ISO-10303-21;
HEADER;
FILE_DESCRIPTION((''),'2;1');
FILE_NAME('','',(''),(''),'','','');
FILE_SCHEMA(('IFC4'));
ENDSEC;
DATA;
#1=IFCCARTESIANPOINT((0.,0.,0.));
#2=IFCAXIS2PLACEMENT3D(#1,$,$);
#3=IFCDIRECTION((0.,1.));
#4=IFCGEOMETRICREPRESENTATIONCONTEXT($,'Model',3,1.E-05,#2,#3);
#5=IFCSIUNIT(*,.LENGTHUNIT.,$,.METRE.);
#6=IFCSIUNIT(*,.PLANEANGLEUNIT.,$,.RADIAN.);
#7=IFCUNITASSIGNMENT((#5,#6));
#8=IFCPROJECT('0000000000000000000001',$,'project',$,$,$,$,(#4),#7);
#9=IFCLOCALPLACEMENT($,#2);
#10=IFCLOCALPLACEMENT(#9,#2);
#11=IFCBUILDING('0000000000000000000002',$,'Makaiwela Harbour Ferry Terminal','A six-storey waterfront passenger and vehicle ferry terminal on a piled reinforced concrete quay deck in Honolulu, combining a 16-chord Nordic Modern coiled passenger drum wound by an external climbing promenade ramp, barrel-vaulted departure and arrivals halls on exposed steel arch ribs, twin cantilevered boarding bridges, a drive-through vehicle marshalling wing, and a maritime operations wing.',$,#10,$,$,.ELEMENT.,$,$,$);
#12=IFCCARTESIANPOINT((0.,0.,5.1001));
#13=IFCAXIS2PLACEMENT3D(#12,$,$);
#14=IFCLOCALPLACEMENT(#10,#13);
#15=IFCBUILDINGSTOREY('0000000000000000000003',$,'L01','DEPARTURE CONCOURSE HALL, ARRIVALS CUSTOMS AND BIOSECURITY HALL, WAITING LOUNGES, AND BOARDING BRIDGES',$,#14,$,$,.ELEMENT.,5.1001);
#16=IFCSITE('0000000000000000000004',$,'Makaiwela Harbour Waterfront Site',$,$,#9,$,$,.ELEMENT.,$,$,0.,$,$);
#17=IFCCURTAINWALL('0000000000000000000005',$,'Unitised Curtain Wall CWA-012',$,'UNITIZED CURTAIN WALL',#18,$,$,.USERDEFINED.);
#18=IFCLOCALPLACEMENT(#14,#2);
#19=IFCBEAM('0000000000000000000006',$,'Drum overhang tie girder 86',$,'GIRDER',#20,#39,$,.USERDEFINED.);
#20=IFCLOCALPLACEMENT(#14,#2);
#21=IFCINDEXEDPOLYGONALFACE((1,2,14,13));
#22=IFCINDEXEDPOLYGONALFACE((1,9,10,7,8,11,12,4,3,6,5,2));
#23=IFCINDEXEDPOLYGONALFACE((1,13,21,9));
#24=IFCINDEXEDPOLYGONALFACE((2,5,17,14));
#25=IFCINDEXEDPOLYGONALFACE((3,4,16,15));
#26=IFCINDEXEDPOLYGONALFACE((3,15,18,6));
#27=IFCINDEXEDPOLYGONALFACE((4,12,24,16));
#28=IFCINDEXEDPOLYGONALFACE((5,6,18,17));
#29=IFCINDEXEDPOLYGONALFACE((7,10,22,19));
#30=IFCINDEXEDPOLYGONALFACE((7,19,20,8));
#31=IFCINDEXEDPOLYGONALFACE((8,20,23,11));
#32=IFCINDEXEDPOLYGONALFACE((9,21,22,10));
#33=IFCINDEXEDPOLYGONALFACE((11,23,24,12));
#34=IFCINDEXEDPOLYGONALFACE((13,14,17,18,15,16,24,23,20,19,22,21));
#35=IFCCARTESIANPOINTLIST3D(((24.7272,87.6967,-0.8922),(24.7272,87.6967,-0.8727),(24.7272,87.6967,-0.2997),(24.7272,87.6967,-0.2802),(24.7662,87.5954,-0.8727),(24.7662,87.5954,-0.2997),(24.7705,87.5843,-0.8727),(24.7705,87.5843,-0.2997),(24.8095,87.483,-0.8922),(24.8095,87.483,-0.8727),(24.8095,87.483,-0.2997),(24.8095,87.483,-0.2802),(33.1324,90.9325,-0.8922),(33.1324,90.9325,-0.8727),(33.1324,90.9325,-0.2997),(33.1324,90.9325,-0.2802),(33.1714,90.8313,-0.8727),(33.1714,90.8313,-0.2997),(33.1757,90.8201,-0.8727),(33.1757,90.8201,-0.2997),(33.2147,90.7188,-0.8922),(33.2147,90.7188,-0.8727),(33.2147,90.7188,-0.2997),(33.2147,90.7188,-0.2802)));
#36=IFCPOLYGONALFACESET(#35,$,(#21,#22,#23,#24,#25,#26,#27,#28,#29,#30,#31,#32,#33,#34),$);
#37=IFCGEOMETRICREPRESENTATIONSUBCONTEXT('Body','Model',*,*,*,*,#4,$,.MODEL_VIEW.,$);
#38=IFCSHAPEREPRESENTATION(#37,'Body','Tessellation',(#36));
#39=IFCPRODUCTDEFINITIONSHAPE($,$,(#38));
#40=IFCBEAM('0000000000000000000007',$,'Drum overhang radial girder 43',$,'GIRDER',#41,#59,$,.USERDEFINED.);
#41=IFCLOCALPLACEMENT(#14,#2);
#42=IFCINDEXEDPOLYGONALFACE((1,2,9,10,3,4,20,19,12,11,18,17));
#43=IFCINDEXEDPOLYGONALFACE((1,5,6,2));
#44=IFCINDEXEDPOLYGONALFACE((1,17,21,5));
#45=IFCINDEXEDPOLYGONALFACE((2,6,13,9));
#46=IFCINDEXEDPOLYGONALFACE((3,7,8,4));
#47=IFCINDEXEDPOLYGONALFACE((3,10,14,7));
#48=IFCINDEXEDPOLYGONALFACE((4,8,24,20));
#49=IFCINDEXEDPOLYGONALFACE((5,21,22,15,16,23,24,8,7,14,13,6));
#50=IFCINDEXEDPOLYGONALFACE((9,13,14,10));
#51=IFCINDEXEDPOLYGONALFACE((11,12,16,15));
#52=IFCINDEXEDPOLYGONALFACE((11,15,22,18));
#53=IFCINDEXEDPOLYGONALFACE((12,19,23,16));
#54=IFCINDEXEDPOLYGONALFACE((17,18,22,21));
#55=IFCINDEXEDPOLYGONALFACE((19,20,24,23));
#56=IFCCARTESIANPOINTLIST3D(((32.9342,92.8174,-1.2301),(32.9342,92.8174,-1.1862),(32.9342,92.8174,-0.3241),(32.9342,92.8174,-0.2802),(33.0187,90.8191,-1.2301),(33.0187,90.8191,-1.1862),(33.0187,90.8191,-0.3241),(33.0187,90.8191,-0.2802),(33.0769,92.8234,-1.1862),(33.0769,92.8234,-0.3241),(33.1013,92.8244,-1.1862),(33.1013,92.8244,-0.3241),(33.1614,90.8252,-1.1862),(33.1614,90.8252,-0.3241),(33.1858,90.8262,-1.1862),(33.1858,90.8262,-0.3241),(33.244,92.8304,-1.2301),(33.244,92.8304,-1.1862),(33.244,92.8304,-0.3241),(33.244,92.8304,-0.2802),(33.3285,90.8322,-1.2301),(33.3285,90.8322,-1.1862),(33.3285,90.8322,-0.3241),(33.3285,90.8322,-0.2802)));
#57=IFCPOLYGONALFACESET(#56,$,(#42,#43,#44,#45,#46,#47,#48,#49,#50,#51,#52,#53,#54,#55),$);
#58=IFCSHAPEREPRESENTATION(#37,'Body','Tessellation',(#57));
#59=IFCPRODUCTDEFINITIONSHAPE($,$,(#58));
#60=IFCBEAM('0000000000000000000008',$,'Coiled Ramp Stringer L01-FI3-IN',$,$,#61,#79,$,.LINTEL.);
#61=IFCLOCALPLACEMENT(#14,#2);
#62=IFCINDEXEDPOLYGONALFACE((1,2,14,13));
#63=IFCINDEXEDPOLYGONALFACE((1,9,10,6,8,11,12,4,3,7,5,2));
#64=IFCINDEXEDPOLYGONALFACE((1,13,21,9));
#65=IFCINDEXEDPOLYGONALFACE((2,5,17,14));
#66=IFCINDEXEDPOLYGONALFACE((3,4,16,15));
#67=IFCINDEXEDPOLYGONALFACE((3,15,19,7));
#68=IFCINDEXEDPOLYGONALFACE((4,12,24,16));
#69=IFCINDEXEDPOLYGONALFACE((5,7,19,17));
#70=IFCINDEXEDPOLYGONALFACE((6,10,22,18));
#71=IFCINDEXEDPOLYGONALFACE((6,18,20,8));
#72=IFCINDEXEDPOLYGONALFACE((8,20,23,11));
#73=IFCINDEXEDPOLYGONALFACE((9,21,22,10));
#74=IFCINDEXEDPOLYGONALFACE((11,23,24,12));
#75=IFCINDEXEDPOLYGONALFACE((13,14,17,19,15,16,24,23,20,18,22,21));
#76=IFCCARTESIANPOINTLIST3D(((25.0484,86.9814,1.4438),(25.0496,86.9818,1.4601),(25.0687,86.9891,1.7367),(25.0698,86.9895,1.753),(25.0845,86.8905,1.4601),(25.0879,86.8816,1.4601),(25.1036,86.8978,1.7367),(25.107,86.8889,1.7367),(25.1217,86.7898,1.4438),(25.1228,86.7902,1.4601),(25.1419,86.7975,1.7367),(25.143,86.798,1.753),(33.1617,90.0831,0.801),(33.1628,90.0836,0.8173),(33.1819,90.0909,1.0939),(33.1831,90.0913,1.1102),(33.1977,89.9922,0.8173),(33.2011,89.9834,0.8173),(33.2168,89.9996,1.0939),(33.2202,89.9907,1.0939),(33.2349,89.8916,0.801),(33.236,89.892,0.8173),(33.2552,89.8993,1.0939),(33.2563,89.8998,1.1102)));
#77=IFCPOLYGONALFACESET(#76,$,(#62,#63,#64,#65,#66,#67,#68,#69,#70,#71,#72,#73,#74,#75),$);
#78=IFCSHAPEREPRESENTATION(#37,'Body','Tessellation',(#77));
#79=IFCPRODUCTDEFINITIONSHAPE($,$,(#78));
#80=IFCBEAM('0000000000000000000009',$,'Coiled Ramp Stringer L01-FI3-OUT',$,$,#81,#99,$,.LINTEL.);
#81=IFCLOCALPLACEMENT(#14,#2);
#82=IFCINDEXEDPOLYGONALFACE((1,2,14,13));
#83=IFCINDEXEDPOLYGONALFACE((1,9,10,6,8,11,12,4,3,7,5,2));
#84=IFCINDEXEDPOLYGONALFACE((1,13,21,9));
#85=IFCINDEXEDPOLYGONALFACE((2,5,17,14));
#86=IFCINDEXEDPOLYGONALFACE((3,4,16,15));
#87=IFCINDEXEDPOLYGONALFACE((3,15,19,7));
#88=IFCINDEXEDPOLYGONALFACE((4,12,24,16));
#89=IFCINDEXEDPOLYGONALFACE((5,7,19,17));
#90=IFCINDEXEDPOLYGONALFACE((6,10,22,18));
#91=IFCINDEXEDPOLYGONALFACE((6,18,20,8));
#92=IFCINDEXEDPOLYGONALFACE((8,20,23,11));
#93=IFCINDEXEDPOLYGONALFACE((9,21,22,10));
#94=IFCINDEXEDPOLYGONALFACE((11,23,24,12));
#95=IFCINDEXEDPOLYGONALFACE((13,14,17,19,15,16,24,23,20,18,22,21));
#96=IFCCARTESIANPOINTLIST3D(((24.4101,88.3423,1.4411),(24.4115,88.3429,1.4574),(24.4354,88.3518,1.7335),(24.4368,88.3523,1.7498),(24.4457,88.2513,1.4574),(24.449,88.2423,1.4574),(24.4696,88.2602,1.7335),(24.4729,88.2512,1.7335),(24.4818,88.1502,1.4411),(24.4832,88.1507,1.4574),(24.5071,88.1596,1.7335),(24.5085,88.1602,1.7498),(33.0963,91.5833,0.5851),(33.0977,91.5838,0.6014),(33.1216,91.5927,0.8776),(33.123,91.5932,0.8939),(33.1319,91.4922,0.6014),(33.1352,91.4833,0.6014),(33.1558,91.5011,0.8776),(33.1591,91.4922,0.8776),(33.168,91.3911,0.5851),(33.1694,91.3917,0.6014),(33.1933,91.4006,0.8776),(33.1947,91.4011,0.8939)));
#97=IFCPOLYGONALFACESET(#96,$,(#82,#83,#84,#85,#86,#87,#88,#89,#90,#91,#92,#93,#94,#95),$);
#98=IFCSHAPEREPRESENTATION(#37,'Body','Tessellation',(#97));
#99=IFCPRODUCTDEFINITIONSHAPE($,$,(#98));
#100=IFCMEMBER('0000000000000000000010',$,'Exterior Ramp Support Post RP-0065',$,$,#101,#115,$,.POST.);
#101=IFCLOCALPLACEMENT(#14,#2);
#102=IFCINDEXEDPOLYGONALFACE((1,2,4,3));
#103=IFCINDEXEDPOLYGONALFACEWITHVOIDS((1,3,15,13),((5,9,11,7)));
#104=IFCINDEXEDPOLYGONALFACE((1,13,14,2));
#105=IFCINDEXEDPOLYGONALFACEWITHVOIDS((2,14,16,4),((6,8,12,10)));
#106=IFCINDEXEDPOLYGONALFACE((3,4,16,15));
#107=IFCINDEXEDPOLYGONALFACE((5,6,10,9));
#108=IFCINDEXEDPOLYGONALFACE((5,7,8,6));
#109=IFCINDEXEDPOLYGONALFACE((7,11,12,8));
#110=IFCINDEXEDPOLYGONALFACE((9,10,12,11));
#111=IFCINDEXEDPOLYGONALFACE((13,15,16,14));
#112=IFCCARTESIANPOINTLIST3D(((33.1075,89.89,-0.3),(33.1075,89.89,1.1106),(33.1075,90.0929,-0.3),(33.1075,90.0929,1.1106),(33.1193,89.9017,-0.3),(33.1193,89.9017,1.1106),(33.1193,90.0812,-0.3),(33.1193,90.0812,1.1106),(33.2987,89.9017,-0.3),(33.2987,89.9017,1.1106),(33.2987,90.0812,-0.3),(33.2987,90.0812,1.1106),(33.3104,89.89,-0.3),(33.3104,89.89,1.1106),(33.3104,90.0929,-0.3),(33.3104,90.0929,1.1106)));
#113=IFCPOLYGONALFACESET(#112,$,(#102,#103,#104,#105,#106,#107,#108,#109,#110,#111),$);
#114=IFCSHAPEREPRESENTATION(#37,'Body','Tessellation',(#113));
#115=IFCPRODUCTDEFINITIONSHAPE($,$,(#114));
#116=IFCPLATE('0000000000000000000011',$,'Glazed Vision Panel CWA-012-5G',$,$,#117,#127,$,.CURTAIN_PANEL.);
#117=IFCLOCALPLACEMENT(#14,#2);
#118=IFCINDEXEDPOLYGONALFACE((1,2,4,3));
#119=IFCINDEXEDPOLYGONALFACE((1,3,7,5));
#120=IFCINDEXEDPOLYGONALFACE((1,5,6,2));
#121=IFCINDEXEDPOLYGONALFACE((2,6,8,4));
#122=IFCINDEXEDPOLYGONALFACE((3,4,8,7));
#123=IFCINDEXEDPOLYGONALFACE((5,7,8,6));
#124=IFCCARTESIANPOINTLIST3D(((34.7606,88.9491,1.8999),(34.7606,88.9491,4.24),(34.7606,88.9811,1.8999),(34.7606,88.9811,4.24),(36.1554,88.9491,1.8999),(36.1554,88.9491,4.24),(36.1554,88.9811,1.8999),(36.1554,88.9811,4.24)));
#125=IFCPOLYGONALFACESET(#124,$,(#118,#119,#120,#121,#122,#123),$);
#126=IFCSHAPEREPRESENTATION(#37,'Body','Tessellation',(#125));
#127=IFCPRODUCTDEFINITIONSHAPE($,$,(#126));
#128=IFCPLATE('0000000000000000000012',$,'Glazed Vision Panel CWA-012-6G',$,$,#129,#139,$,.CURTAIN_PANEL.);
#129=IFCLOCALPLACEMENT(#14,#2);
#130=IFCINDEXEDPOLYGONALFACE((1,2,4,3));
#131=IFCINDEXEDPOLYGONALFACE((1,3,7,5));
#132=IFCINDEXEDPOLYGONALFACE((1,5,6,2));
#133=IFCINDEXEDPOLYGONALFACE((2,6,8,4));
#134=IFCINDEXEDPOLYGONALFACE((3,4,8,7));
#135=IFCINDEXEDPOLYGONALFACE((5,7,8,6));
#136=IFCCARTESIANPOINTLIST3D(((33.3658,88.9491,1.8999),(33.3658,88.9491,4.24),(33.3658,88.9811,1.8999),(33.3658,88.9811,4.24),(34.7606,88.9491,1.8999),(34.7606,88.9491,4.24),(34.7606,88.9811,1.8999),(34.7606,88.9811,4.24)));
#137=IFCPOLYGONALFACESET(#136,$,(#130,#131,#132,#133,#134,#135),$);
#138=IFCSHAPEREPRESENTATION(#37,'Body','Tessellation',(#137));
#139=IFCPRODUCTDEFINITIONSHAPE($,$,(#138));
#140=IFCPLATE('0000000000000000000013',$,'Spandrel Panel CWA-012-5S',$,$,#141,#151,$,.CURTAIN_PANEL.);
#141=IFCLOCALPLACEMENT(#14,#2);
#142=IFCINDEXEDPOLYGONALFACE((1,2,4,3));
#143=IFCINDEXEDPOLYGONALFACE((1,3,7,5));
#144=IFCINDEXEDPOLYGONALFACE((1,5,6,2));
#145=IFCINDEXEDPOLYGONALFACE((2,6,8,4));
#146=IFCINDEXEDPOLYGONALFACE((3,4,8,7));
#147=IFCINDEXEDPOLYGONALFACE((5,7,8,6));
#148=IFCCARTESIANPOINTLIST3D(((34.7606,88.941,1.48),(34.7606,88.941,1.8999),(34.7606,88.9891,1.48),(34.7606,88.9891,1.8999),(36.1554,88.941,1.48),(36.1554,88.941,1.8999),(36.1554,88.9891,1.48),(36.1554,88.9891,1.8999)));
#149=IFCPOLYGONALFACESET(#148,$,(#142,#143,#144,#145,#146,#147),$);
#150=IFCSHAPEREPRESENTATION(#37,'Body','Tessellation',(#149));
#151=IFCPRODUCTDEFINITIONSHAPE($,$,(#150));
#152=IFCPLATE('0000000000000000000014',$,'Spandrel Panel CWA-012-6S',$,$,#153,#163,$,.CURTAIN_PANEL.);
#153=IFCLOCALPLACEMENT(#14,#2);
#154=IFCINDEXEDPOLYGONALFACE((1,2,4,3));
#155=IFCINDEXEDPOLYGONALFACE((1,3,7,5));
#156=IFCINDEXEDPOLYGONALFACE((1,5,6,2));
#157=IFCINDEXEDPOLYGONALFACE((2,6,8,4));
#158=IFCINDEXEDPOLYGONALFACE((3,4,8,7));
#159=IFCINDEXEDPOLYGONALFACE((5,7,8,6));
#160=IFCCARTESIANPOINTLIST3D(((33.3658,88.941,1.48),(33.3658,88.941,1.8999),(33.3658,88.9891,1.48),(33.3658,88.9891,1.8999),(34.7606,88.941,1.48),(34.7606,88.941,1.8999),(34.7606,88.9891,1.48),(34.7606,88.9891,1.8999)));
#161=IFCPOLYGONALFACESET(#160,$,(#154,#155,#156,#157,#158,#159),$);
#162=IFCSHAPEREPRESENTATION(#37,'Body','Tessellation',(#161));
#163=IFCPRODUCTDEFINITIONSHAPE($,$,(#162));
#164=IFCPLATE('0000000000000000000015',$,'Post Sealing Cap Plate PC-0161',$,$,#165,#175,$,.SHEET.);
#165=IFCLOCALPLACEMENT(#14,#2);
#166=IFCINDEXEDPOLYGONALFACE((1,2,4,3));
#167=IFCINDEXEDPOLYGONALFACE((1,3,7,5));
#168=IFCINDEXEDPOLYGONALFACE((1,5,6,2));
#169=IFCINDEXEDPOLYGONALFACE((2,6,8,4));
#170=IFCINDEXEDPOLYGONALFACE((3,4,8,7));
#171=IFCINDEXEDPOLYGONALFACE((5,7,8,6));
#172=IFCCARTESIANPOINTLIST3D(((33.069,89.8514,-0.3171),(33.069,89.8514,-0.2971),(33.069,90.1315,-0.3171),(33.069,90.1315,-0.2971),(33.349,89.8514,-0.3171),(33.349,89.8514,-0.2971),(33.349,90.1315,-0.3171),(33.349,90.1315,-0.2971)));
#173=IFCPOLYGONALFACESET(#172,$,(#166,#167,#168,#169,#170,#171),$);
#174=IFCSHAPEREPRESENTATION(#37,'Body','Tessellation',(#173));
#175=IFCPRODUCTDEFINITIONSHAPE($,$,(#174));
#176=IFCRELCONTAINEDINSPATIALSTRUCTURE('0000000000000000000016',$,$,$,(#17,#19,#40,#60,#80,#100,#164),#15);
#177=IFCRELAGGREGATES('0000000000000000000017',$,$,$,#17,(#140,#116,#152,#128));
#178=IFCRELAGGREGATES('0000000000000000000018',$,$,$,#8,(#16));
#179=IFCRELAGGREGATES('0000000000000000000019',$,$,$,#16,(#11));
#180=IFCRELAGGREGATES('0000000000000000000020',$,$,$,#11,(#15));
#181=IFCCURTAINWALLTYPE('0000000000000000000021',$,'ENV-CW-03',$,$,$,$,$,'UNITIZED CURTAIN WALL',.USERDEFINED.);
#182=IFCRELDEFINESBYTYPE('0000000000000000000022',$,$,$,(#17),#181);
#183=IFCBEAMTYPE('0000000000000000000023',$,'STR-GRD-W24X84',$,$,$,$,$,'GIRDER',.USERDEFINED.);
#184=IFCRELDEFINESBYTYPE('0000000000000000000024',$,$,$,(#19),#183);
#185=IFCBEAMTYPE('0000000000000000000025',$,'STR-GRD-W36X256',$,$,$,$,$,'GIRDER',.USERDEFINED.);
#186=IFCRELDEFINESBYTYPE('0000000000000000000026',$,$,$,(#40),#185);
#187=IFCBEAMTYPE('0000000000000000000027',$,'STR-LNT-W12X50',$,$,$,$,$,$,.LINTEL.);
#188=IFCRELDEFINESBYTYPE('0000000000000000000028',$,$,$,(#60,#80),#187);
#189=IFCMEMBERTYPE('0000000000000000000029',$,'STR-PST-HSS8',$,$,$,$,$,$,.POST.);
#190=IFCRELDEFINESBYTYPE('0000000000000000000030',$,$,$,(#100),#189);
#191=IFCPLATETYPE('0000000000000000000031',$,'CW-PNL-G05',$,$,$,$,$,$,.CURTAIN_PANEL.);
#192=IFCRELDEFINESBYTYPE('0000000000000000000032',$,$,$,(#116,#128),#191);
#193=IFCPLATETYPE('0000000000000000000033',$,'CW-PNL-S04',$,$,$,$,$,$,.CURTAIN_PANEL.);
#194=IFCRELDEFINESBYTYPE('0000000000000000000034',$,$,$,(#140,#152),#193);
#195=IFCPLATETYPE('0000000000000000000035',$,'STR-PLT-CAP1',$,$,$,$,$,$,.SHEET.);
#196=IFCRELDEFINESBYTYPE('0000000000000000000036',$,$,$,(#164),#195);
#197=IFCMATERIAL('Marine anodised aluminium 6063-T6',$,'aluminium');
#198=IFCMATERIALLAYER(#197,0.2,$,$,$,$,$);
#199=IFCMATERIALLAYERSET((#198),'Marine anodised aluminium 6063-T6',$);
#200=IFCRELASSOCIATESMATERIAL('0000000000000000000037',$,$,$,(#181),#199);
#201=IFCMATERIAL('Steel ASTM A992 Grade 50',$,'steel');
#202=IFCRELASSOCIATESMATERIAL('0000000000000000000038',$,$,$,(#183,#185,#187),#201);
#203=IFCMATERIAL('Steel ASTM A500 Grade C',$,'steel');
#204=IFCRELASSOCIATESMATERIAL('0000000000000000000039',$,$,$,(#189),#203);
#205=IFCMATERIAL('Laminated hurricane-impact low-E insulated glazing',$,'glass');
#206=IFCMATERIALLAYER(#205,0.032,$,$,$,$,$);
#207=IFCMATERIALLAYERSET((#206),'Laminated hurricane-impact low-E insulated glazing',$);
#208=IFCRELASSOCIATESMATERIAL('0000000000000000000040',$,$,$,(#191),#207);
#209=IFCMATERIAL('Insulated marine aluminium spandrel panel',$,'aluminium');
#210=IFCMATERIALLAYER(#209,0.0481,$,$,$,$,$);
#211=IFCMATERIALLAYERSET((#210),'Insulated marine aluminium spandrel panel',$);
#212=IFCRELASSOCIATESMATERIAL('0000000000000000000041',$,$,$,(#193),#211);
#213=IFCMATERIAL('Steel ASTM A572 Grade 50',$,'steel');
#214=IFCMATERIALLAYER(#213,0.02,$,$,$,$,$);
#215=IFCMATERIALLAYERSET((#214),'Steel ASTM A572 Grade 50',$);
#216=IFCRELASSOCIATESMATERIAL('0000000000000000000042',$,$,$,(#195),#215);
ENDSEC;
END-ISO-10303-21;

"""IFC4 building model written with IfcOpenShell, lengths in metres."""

from ifc_helpers import new_model, si_unit, direction, frame, origin, origin_2d, place, context, subcontext, project, spatial, rectangle, hollow_rectangle, i_section, extrude, material, layer, layer_set, material_profile, profile_set, type_object, element, aggregate, save


model = new_model("IFC4")

# Units and contexts
model_context = context("Model", 3, precision=1e-05, world=origin(), true_north=direction((0.0, 1.0)))
body_context = subcontext(model_context, "Body", "Model", "MODEL_VIEW")
ifc_project = project(units=[si_unit("LENGTHUNIT", "METRE"), si_unit("PLANEANGLEUNIT", "RADIAN")], contexts=[model_context])

# Site, building, storey
site_placement = place(None, origin())
site = spatial("IfcSite", under=ifc_project, at=site_placement, Name="Makaiwela Harbour Waterfront Site", CompositionType="ELEMENT", RefElevation=0.0)
building_placement = place(site_placement, origin())
building = spatial("IfcBuilding", under=site, at=building_placement, Name="Makaiwela Harbour Ferry Terminal", Description="A six-storey waterfront passenger and vehicle ferry terminal on a piled reinforced concrete quay deck in Honolulu, combining a 16-chord Nordic Modern coiled passenger drum wound by an external climbing promenade ramp, barrel-vaulted departure and arrivals halls on exposed steel arch ribs, twin cantilevered boarding bridges, a drive-through vehicle marshalling wing, and a maritime operations wing.", CompositionType="ELEMENT")
storey_placement = place(building_placement, frame((0.0, 0.0, 5.1001)))
storey = spatial("IfcBuildingStorey", under=building, at=storey_placement, Name="L01", Description="DEPARTURE CONCOURSE HALL, ARRIVALS CUSTOMS AND BIOSECURITY HALL, WAITING LOUNGES, AND BOARDING BRIDGES", CompositionType="ELEMENT", Elevation=5.1001)

# Curtain wall
ifc_material_1 = material(Name="Marine anodised aluminium 6063-T6", Category="aluminium")
ifc_layer_1 = layer(ifc_material_1, 0.2)
ifc_layer_set_1 = layer_set([ifc_layer_1], Name="Marine anodised aluminium 6063-T6")
curtain_wall_type = type_object("IfcCurtainWallType", Name="ENV-CW-03", ElementType="UNITIZED CURTAIN WALL", PredefinedType="USERDEFINED", material=ifc_layer_set_1)
curtain_wall_1_placement = place(storey_placement, origin())
curtain_wall_1 = element("IfcCurtainWall", 1, at=curtain_wall_1_placement, inside=storey, type_object=curtain_wall_type, Name="Unitised Curtain Wall CWA-012", ObjectType="UNITIZED CURTAIN WALL", PredefinedType="USERDEFINED")

# Beams
ifc_material_2 = material(Name="Steel ASTM A992 Grade 50", Category="steel")
ifc_material_profile_1 = material_profile(ifc_material_2, i_section(OverallWidth=0.229, OverallDepth=0.6121, WebThickness=0.012, FlangeThickness=0.0195, at=origin_2d()), Name="W24X84")
ifc_profile_set_1 = profile_set([ifc_material_profile_1], Name="Steel ASTM A992 Grade 50")
beam_type_1 = type_object("IfcBeamType", Name="STR-GRD-W24X84", ElementType="GIRDER", PredefinedType="USERDEFINED", material=ifc_profile_set_1)
beam_1_placement = place(storey_placement, frame((33.1736, 90.8257, -0.5862), z_axis=(-0.933232, -0.359273, 0.0), x_axis=(0.359273, -0.933232, 0.0)))
element("IfcBeam", 2, at=beam_1_placement, inside=storey, type_object=beam_type_1, Name="Drum overhang tie girder 86", ObjectType="GIRDER", PredefinedType="USERDEFINED", context=body_context, shape_type="SweptSolid", body=[
    extrude(i_section(OverallWidth=0.229, OverallDepth=0.6121, WebThickness=0.012, FlangeThickness=0.0195, at=origin_2d()), origin(), (0.0, 0.0, 1.0), 9.0066),
])
ifc_material_profile_2 = material_profile(ifc_material_2, i_section(OverallWidth=0.3101, OverallDepth=0.95, WebThickness=0.0244, FlangeThickness=0.0439, at=origin_2d()), Name="W36X256")
ifc_profile_set_2 = profile_set([ifc_material_profile_2], Name="Steel ASTM A992 Grade 50")
beam_type_2 = type_object("IfcBeamType", Name="STR-GRD-W36X256", ElementType="GIRDER", PredefinedType="USERDEFINED", material=ifc_profile_set_2)
beam_2_placement = place(storey_placement, frame((33.1736, 90.8257, -0.7551), z_axis=(-0.042235, 0.999108, 0.0), x_axis=(-0.999108, -0.042235, 0.0)))
element("IfcBeam", 3, at=beam_2_placement, inside=storey, type_object=beam_type_2, Name="Drum overhang radial girder 43", ObjectType="GIRDER", PredefinedType="USERDEFINED", context=body_context, shape_type="SweptSolid", body=[
    extrude(i_section(OverallWidth=0.3101, OverallDepth=0.95, WebThickness=0.0244, FlangeThickness=0.0439, at=origin_2d()), origin(), (0.0, 0.0, 1.0), 2.0),
])
ifc_material_profile_3 = material_profile(ifc_material_2, i_section(OverallWidth=0.2051, OverallDepth=0.3101, WebThickness=0.0095, FlangeThickness=0.0164, at=origin_2d()), Name="W12X50")
ifc_profile_set_3 = profile_set([ifc_material_profile_3], Name="Steel ASTM A992 Grade 50")
beam_type_3 = type_object("IfcBeamType", Name="STR-LNT-W12X50", PredefinedType="LINTEL", material=ifc_profile_set_3)
beam_3_placement = place(storey_placement, frame((33.209, 89.9915, 0.9556), z_axis=(-0.931517, -0.35613, 0.073805), x_axis=(0.357104, -0.934065, 0.0)))
element("IfcBeam", 4, at=beam_3_placement, inside=storey, type_object=beam_type_3, Name="Coiled Ramp Stringer L01-FI3-IN", PredefinedType="LINTEL", context=body_context, shape_type="SweptSolid", body=[
    extrude(i_section(OverallWidth=0.2051, OverallDepth=0.3101, WebThickness=0.0095, FlangeThickness=0.0164, at=origin_2d()), origin(), (0.0, 0.0, 1.0), 8.7097),
])
beam_4_placement = place(storey_placement, frame((33.1455, 91.4922, 0.7395), z_axis=(-0.932941, -0.348093, 0.091933), x_axis=(0.349573, -0.936909, 0.0)))
element("IfcBeam", 5, at=beam_4_placement, inside=storey, type_object=beam_type_3, Name="Coiled Ramp Stringer L01-FI3-OUT", PredefinedType="LINTEL", context=body_context, shape_type="SweptSolid", body=[
    extrude(i_section(OverallWidth=0.2051, OverallDepth=0.3101, WebThickness=0.0095, FlangeThickness=0.0164, at=origin_2d()), origin(), (0.0, 0.0, 1.0), 9.3105),
])

# Member
ifc_material_3 = material(Name="Steel ASTM A500 Grade C", Category="steel")
ifc_material_profile_4 = material_profile(ifc_material_3, hollow_rectangle(XDim=0.2029, YDim=0.2029, WallThickness=0.0117, at=origin_2d()), Name="HSS8X8X1/2")
ifc_profile_set_4 = profile_set([ifc_material_profile_4], Name="Steel ASTM A500 Grade C")
member_type_1 = type_object("IfcMemberType", Name="STR-PST-HSS8", PredefinedType="POST", material=ifc_profile_set_4)
member_1_placement = place(storey_placement, frame((33.209, 89.9915, -0.3), z_axis=(0.0, 0.0, 1.0), x_axis=(1.0, 0.0, 0.0)))
element("IfcMember", 6, at=member_1_placement, inside=storey, type_object=member_type_1, Name="Exterior Ramp Support Post RP-0065", PredefinedType="POST", context=body_context, shape_type="SweptSolid", body=[
    extrude(hollow_rectangle(XDim=0.2029, YDim=0.2029, WallThickness=0.0117, at=origin_2d()), origin(), (0.0, 0.0, 1.0), 1.4106),
])

# Plates
ifc_material_4 = material(Name="Laminated hurricane-impact low-E insulated glazing", Category="glass")
ifc_layer_2 = layer(ifc_material_4, 0.032)
ifc_layer_set_2 = layer_set([ifc_layer_2], Name="Laminated hurricane-impact low-E insulated glazing")
plate_type_1 = type_object("IfcPlateType", Name="CW-PNL-G05", PredefinedType="CURTAIN_PANEL", material=ifc_layer_set_2)
plate_1_placement = place(storey_placement, frame((35.458, 88.9651, 1.8999), z_axis=(0.0, 0.0, 1.0), x_axis=(-1.0, 0.0, 0.0)))
plate_1 = element("IfcPlate", 7, at=plate_1_placement, type_object=plate_type_1, Name="Glazed Vision Panel CWA-012-5G", PredefinedType="CURTAIN_PANEL", context=body_context, shape_type="SweptSolid", body=[
    extrude(rectangle(XDim=1.3948, YDim=0.032, at=origin_2d()), origin(), (0.0, 0.0, 1.0), 2.3401),
])
plate_2_placement = place(storey_placement, frame((34.0632, 88.9651, 1.8999), z_axis=(0.0, 0.0, 1.0), x_axis=(-1.0, 0.0, 0.0)))
plate_2 = element("IfcPlate", 8, at=plate_2_placement, type_object=plate_type_1, Name="Glazed Vision Panel CWA-012-6G", PredefinedType="CURTAIN_PANEL", context=body_context, shape_type="SweptSolid", body=[
    extrude(rectangle(XDim=1.3948, YDim=0.032, at=origin_2d()), origin(), (0.0, 0.0, 1.0), 2.3401),
])
ifc_material_5 = material(Name="Insulated marine aluminium spandrel panel", Category="aluminium")
ifc_layer_3 = layer(ifc_material_5, 0.0481)
ifc_layer_set_3 = layer_set([ifc_layer_3], Name="Insulated marine aluminium spandrel panel")
plate_type_2 = type_object("IfcPlateType", Name="CW-PNL-S04", PredefinedType="CURTAIN_PANEL", material=ifc_layer_set_3)
plate_3_placement = place(storey_placement, frame((35.458, 88.9651, 1.48), z_axis=(0.0, 0.0, 1.0), x_axis=(-1.0, 0.0, 0.0)))
plate_3 = element("IfcPlate", 9, at=plate_3_placement, type_object=plate_type_2, Name="Spandrel Panel CWA-012-5S", PredefinedType="CURTAIN_PANEL", context=body_context, shape_type="SweptSolid", body=[
    extrude(rectangle(XDim=1.3948, YDim=0.0481, at=origin_2d()), origin(), (0.0, 0.0, 1.0), 0.4199),
])
plate_4_placement = place(storey_placement, frame((34.0632, 88.9651, 1.48), z_axis=(0.0, 0.0, 1.0), x_axis=(-1.0, 0.0, 0.0)))
plate_4 = element("IfcPlate", 10, at=plate_4_placement, type_object=plate_type_2, Name="Spandrel Panel CWA-012-6S", PredefinedType="CURTAIN_PANEL", context=body_context, shape_type="SweptSolid", body=[
    extrude(rectangle(XDim=1.3948, YDim=0.0481, at=origin_2d()), origin(), (0.0, 0.0, 1.0), 0.4199),
])
aggregate(curtain_wall_1, [plate_3, plate_1, plate_4, plate_2])

# Plate
ifc_material_6 = material(Name="Steel ASTM A572 Grade 50", Category="steel")
ifc_layer_4 = layer(ifc_material_6, 0.02)
ifc_layer_set_4 = layer_set([ifc_layer_4], Name="Steel ASTM A572 Grade 50")
plate_type_3 = type_object("IfcPlateType", Name="STR-PLT-CAP1", PredefinedType="SHEET", material=ifc_layer_set_4)
for number, where, z_axis, x_axis, name in (
    (11, (33.209, 89.9915, -0.3171), (0.0, 0.0, 1.0), (1.0, 0.0, 0.0), "Post Sealing Cap Plate PC-0161"),
):
    element("IfcPlate", number, at=place(storey_placement, frame(where, z_axis=z_axis, x_axis=x_axis)), inside=storey, type_object=plate_type_3, Name=name, PredefinedType="SHEET", context=body_context, shape_type="SweptSolid", body=[
        extrude(rectangle(XDim=0.28, YDim=0.28, at=origin_2d()), origin(), (0.0, 0.0, 1.0), 0.02),
    ])

save(model, "model.ifc")
